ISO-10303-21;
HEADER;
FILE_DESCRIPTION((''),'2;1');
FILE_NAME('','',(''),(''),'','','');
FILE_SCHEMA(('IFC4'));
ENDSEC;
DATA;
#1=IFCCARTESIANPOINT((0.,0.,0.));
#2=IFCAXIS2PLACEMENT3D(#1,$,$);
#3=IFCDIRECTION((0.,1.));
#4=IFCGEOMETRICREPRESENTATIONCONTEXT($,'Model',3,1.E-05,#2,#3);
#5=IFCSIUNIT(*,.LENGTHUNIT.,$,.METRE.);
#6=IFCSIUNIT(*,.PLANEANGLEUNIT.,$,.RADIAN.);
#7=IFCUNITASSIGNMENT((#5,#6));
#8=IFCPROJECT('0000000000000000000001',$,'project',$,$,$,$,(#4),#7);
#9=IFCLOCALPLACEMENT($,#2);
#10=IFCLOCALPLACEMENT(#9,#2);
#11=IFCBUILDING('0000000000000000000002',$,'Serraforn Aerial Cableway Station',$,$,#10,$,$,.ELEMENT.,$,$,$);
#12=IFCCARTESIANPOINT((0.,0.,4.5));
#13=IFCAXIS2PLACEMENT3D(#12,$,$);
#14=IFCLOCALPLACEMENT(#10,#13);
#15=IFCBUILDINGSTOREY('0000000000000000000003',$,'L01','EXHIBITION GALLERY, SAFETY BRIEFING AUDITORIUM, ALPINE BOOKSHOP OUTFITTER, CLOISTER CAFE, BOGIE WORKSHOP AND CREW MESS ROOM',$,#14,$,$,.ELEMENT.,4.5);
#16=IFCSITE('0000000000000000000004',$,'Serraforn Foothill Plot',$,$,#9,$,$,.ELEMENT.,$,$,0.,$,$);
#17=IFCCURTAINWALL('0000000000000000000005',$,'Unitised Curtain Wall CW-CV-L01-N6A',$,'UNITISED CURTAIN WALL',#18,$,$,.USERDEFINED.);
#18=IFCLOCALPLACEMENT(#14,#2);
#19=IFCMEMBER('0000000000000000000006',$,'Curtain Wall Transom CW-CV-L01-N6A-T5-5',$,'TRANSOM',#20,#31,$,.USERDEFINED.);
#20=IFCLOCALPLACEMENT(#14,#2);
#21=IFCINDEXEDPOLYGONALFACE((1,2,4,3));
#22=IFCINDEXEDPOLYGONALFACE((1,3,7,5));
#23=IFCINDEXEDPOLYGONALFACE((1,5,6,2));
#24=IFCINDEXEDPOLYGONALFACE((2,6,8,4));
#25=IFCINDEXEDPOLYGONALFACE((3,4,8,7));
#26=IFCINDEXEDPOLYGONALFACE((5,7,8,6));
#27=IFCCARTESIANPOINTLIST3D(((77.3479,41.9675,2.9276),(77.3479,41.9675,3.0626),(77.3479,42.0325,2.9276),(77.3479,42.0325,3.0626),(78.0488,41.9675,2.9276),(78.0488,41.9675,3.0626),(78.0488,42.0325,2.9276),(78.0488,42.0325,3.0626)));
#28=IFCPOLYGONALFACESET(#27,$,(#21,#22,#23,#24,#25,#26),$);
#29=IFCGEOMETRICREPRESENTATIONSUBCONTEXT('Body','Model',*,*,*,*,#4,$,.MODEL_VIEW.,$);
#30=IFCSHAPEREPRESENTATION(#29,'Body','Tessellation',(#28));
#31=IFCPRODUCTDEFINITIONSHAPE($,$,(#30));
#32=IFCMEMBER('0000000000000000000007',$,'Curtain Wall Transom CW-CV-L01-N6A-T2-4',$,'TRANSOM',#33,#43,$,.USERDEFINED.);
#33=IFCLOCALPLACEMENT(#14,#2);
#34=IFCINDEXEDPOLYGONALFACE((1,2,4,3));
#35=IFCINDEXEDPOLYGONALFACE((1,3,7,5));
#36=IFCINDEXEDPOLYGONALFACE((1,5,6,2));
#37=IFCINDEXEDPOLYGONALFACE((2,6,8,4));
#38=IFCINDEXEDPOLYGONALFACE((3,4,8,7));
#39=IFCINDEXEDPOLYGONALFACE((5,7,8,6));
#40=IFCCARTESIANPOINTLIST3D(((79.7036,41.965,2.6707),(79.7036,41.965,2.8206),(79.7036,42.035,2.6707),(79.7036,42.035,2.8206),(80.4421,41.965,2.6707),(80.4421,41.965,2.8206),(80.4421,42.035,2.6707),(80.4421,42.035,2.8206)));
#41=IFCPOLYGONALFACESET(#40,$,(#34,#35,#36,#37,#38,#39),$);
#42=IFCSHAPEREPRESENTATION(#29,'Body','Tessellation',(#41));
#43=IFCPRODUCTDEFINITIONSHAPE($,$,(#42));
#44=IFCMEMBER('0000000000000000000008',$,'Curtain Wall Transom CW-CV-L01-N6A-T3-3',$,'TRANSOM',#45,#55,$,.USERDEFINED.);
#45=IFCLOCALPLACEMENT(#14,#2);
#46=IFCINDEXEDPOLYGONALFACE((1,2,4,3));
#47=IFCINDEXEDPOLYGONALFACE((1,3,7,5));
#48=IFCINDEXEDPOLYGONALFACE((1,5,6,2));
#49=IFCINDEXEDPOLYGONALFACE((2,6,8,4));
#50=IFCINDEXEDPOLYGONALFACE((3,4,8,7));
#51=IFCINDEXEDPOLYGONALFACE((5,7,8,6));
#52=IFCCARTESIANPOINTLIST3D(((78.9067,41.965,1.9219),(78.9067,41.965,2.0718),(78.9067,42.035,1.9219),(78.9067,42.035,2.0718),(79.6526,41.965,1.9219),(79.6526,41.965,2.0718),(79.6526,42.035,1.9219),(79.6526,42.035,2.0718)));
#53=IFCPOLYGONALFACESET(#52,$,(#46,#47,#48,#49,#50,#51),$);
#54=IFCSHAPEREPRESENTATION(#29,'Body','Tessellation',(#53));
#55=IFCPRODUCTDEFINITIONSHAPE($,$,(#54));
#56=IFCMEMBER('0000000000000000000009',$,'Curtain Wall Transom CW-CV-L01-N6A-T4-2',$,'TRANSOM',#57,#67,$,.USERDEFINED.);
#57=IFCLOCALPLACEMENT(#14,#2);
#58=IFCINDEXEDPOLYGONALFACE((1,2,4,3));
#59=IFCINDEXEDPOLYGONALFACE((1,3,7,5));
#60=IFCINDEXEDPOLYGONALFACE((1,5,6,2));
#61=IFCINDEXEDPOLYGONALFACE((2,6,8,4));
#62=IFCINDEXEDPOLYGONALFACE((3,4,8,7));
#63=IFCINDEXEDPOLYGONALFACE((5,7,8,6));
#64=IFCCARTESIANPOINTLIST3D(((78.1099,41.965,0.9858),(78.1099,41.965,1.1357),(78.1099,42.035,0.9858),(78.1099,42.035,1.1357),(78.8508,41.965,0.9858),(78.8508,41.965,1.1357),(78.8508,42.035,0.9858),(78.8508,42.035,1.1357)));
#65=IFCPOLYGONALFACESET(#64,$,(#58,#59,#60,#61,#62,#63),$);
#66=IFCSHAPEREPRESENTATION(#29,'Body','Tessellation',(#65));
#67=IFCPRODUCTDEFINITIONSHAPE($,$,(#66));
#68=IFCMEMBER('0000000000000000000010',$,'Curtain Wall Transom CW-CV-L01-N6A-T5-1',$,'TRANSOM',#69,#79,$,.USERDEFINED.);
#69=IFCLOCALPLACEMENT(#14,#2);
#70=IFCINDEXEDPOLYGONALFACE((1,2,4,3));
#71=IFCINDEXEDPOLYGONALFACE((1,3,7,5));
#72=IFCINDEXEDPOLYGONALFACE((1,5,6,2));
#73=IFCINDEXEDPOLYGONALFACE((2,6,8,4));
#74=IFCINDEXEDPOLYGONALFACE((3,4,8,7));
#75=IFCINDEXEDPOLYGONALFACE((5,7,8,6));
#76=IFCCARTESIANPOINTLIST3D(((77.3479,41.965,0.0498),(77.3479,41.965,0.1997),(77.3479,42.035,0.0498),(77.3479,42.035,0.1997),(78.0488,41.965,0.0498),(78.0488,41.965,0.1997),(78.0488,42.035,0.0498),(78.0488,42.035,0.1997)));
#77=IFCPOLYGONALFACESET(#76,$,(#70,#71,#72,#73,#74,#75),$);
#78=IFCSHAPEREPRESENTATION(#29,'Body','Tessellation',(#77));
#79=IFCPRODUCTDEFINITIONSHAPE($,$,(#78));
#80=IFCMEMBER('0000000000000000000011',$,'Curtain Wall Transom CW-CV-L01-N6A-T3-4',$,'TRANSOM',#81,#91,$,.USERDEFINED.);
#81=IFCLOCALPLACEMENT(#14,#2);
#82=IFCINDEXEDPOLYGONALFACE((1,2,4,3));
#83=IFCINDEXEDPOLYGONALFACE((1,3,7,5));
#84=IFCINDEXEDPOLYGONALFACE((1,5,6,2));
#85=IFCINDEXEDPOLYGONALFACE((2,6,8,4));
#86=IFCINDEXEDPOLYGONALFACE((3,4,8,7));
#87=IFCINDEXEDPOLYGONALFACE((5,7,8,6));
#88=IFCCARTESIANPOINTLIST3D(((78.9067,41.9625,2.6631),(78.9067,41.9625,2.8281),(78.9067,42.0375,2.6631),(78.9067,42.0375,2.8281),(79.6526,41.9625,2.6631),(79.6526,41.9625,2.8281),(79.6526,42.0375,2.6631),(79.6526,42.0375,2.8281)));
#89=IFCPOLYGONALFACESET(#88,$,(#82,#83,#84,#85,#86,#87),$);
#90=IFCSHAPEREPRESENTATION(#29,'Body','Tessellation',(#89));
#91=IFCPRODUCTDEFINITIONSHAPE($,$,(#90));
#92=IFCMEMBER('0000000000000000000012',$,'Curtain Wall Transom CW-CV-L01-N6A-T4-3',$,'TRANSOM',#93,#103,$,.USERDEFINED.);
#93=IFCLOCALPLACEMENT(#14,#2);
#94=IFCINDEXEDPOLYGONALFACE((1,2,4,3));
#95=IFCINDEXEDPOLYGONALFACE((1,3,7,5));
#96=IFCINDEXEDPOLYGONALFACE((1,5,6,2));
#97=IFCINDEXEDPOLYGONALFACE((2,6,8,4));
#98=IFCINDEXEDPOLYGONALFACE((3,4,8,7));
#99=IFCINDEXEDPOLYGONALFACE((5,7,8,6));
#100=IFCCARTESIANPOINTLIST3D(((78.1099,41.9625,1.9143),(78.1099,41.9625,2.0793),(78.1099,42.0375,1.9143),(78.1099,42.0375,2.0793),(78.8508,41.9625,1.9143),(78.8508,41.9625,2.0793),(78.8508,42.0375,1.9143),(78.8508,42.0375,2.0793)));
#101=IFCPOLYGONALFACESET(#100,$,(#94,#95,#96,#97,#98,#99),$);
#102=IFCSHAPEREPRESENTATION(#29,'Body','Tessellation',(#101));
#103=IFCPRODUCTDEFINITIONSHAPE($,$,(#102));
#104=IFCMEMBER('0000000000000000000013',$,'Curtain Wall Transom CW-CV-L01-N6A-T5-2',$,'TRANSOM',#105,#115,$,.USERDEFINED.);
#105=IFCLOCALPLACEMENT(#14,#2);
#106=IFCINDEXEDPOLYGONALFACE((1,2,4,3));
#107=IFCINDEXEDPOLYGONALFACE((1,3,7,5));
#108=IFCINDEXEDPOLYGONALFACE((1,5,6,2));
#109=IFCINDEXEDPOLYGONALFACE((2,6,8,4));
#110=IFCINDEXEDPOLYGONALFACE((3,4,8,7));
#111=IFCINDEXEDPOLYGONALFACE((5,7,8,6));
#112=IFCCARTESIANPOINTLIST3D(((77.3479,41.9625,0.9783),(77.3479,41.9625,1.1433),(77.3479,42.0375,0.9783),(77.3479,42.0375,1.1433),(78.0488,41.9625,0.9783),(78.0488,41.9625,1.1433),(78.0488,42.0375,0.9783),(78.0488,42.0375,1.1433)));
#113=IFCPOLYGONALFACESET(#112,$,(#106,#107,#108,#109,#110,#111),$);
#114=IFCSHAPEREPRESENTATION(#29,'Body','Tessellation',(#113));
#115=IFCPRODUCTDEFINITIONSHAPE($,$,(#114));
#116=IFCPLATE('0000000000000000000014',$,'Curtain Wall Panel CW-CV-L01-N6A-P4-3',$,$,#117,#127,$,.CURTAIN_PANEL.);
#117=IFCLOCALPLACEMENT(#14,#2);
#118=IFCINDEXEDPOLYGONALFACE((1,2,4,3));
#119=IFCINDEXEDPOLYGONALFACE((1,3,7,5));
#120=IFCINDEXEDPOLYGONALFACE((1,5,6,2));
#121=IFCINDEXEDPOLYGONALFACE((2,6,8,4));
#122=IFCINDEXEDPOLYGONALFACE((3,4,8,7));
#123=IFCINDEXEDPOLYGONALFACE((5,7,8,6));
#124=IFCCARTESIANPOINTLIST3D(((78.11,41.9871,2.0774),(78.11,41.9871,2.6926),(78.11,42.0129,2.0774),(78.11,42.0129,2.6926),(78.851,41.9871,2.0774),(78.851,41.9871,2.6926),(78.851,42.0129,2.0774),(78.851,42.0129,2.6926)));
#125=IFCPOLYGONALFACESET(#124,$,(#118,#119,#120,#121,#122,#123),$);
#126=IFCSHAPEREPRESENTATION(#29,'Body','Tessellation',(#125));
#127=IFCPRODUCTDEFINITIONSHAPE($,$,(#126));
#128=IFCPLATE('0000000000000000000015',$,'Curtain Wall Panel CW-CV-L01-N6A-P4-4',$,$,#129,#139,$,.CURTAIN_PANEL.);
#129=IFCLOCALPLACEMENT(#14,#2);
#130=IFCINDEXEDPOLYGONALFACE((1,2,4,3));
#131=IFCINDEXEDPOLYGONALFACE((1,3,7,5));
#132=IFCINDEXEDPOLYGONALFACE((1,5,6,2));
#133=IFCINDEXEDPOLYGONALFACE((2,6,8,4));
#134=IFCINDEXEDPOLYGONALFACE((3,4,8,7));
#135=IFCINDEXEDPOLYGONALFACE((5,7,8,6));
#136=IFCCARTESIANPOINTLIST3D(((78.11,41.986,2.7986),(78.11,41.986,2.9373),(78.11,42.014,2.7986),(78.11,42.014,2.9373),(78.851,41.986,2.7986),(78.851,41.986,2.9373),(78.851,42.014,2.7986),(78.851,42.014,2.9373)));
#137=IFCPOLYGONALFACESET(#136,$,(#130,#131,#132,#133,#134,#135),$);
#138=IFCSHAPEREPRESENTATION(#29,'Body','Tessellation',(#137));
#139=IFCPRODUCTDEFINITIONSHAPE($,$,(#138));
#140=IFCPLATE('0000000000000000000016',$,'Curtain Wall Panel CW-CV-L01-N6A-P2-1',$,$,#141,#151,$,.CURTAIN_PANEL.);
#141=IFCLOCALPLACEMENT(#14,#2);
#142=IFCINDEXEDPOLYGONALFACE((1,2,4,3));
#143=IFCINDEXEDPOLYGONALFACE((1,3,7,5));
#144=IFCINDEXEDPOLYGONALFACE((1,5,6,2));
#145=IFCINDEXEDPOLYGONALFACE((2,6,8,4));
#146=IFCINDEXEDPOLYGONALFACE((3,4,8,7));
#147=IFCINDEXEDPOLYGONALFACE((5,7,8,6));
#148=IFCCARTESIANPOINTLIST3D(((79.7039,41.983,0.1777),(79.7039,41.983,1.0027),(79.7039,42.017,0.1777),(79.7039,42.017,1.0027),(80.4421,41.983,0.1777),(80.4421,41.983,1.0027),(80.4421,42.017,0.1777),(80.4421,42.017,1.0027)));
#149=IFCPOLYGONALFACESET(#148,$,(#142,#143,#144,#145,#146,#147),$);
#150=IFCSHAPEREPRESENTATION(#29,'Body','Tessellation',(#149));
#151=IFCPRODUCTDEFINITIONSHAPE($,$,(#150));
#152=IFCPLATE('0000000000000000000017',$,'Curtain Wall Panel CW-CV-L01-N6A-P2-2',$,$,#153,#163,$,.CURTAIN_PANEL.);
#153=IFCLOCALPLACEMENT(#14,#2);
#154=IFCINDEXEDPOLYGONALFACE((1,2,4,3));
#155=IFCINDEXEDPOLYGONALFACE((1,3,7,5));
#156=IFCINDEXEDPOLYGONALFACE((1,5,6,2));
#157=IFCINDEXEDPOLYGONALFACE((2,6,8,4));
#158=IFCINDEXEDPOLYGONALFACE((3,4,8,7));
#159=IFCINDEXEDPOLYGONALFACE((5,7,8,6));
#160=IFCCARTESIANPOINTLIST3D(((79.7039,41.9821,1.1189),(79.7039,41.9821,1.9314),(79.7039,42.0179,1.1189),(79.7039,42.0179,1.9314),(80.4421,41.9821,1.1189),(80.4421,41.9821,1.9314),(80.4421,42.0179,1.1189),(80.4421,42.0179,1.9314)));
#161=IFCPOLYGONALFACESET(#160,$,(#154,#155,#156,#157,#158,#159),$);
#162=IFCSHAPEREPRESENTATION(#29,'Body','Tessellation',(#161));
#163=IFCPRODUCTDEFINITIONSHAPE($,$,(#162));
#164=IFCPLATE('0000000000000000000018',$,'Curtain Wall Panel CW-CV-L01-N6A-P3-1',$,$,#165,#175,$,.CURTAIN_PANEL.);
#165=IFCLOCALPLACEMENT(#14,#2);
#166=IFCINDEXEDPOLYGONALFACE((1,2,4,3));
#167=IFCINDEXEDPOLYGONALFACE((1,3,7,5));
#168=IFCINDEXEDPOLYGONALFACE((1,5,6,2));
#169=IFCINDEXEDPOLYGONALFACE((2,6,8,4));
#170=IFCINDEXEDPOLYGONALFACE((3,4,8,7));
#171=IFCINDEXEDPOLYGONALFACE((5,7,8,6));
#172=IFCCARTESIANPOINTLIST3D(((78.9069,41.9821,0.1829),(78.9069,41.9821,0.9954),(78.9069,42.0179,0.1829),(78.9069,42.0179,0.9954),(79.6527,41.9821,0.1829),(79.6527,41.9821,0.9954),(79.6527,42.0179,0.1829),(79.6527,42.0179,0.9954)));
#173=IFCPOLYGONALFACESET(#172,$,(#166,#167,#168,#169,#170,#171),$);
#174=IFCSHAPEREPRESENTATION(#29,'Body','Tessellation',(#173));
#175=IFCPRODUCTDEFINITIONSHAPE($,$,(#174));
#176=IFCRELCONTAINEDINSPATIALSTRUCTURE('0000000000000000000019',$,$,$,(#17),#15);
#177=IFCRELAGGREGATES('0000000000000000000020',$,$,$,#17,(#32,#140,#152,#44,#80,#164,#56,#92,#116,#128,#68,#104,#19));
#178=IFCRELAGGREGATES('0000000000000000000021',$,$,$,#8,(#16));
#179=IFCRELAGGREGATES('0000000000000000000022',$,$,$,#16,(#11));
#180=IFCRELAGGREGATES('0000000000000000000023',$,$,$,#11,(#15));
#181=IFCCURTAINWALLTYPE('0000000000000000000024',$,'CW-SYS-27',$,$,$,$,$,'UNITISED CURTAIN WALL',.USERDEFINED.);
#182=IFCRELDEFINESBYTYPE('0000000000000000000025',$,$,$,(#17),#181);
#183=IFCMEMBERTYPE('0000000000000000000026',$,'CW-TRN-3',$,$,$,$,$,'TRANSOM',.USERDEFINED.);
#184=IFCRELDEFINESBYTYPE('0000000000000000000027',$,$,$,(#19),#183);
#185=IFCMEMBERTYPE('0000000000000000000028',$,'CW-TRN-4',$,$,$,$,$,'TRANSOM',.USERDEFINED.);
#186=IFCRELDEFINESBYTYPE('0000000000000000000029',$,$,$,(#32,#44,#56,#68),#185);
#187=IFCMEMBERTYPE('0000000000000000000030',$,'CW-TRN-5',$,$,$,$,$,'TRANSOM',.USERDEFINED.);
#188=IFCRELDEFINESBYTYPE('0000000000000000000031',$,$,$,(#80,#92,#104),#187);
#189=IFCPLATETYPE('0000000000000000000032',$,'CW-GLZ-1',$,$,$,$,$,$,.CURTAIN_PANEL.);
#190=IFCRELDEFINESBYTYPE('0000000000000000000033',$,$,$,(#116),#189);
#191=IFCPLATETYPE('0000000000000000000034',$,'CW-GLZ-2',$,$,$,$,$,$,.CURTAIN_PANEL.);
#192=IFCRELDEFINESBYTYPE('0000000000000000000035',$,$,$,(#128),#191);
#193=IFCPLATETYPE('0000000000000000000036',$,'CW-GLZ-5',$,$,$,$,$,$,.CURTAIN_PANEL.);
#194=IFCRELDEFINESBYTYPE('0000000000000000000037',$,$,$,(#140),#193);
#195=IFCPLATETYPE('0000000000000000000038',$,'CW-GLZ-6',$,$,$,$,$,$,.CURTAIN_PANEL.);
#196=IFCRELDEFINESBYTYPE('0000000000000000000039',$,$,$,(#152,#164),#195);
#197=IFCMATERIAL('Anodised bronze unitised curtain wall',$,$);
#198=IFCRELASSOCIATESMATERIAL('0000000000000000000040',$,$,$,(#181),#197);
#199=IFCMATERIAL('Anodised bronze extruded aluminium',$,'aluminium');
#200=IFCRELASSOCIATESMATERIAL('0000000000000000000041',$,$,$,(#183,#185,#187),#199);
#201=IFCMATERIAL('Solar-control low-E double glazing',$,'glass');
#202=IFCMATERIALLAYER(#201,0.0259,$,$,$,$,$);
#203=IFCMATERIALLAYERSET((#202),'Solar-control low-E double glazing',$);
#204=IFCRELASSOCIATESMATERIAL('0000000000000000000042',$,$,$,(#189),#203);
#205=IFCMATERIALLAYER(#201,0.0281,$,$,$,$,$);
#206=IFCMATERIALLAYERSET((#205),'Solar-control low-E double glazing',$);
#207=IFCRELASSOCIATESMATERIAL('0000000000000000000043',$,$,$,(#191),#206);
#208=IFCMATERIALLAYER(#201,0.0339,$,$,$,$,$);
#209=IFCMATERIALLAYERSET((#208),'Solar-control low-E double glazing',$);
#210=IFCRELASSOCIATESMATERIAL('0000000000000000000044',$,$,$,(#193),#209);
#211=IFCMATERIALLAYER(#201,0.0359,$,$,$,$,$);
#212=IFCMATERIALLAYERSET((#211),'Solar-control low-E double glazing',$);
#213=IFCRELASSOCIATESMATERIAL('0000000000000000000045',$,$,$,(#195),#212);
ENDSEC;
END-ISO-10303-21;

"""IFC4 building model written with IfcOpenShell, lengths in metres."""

from ifc_helpers import new_model, si_unit, direction, frame, origin, origin_2d, place, context, subcontext, project, spatial, rectangle, extrude, material, layer, layer_set, material_profile, profile_set, type_object, element, aggregate, save


model = new_model("IFC4")

# Units and contexts
model_context = context("Model", 3, precision=1e-05, world=origin(), true_north=direction((0.0, 1.0)))
body_context = subcontext(model_context, "Body", "Model", "MODEL_VIEW")
ifc_project = project(units=[si_unit("LENGTHUNIT", "METRE"), si_unit("PLANEANGLEUNIT", "RADIAN")], contexts=[model_context])

# Site, building, storey
site_placement = place(None, origin())
site = spatial("IfcSite", under=ifc_project, at=site_placement, Name="Serraforn Foothill Plot", CompositionType="ELEMENT", RefElevation=0.0)
building_placement = place(site_placement, origin())
building = spatial("IfcBuilding", under=site, at=building_placement, Name="Serraforn Aerial Cableway Station", CompositionType="ELEMENT")
storey_placement = place(building_placement, frame((0.0, 0.0, 4.5)))
storey = spatial("IfcBuildingStorey", under=building, at=storey_placement, Name="L01", Description="EXHIBITION GALLERY, SAFETY BRIEFING AUDITORIUM, ALPINE BOOKSHOP OUTFITTER, CLOISTER CAFE, BOGIE WORKSHOP AND CREW MESS ROOM", CompositionType="ELEMENT", Elevation=4.5)

# Curtain wall, members, plates
ifc_material_1 = material(Name="Anodised bronze unitised curtain wall")
curtain_wall_type = type_object("IfcCurtainWallType", Name="CW-SYS-27", ElementType="UNITISED CURTAIN WALL", PredefinedType="USERDEFINED", material=ifc_material_1)
curtain_wall_placement = place(storey_placement, origin())
curtain_wall = element("IfcCurtainWall", 1, at=curtain_wall_placement, inside=storey, type_object=curtain_wall_type, Name="Unitised Curtain Wall CW-CV-L01-N6A", ObjectType="UNITISED CURTAIN WALL", PredefinedType="USERDEFINED")
ifc_material_2 = material(Name="Anodised bronze extruded aluminium", Category="aluminium")
ifc_material_profile_1 = material_profile(ifc_material_2, rectangle(XDim=0.0649, YDim=0.135, at=origin_2d()), Name="CW TRANSOM 65x135")
ifc_profile_set_1 = profile_set([ifc_material_profile_1], Name="Anodised bronze extruded aluminium")
member_type_1 = type_object("IfcMemberType", Name="CW-TRN-3", ElementType="TRANSOM", PredefinedType="USERDEFINED", material=ifc_profile_set_1)
member_1_placement = place(storey_placement, frame((78.0488, 42.0, 2.9951), z_axis=(-1.0, 0.0, 0.0), x_axis=(0.0, -1.0, 0.0)))
member_1 = element("IfcMember", 2, at=member_1_placement, type_object=member_type_1, Name="Curtain Wall Transom CW-CV-L01-N6A-T5-5", ObjectType="TRANSOM", PredefinedType="USERDEFINED", context=body_context, shape_type="SweptSolid", body=[
    extrude(rectangle(XDim=0.0649, YDim=0.135, at=origin_2d()), origin(), (0.0, 0.0, 1.0), 0.7009),
])
ifc_material_profile_2 = material_profile(ifc_material_2, rectangle(XDim=0.0701, YDim=0.1499, at=origin_2d()), Name="CW TRANSOM 70x150")
ifc_profile_set_2 = profile_set([ifc_material_profile_2], Name="Anodised bronze extruded aluminium")
member_type_2 = type_object("IfcMemberType", Name="CW-TRN-4", ElementType="TRANSOM", PredefinedType="USERDEFINED", material=ifc_profile_set_2)
member_2_placement = place(storey_placement, frame((80.4421, 42.0, 2.7456), z_axis=(-1.0, 0.0, 0.0), x_axis=(0.0, -1.0, 0.0)))
member_2 = element("IfcMember", 3, at=member_2_placement, type_object=member_type_2, Name="Curtain Wall Transom CW-CV-L01-N6A-T2-4", ObjectType="TRANSOM", PredefinedType="USERDEFINED", context=body_context, shape_type="SweptSolid", body=[
    extrude(rectangle(XDim=0.0701, YDim=0.1499, at=origin_2d()), origin(), (0.0, 0.0, 1.0), 0.7385),
])
member_3_placement = place(storey_placement, frame((79.6526, 42.0, 1.9968), z_axis=(-1.0, 0.0, 0.0), x_axis=(0.0, -1.0, 0.0)))
member_3 = element("IfcMember", 4, at=member_3_placement, type_object=member_type_2, Name="Curtain Wall Transom CW-CV-L01-N6A-T3-3", ObjectType="TRANSOM", PredefinedType="USERDEFINED", context=body_context, shape_type="SweptSolid", body=[
    extrude(rectangle(XDim=0.0701, YDim=0.1499, at=origin_2d()), origin(), (0.0, 0.0, 1.0), 0.7458),
])
member_4_placement = place(storey_placement, frame((78.8508, 42.0, 1.0608), z_axis=(-1.0, 0.0, 0.0), x_axis=(0.0, -1.0, 0.0)))
member_4 = element("IfcMember", 5, at=member_4_placement, type_object=member_type_2, Name="Curtain Wall Transom CW-CV-L01-N6A-T4-2", ObjectType="TRANSOM", PredefinedType="USERDEFINED", context=body_context, shape_type="SweptSolid", body=[
    extrude(rectangle(XDim=0.0701, YDim=0.1499, at=origin_2d()), origin(), (0.0, 0.0, 1.0), 0.741),
])
member_5_placement = place(storey_placement, frame((78.0488, 42.0, 0.1248), z_axis=(-1.0, 0.0, 0.0), x_axis=(0.0, -1.0, 0.0)))
member_5 = element("IfcMember", 6, at=member_5_placement, type_object=member_type_2, Name="Curtain Wall Transom CW-CV-L01-N6A-T5-1", ObjectType="TRANSOM", PredefinedType="USERDEFINED", context=body_context, shape_type="SweptSolid", body=[
    extrude(rectangle(XDim=0.0701, YDim=0.1499, at=origin_2d()), origin(), (0.0, 0.0, 1.0), 0.7009),
])
ifc_material_profile_3 = material_profile(ifc_material_2, rectangle(XDim=0.075, YDim=0.165, at=origin_2d()), Name="CW TRANSOM 75x165")
ifc_profile_set_3 = profile_set([ifc_material_profile_3], Name="Anodised bronze extruded aluminium")
member_type_3 = type_object("IfcMemberType", Name="CW-TRN-5", ElementType="TRANSOM", PredefinedType="USERDEFINED", material=ifc_profile_set_3)
member_6_placement = place(storey_placement, frame((79.6526, 42.0, 2.7456), z_axis=(-1.0, 0.0, 0.0), x_axis=(0.0, -1.0, 0.0)))
member_6 = element("IfcMember", 7, at=member_6_placement, type_object=member_type_3, Name="Curtain Wall Transom CW-CV-L01-N6A-T3-4", ObjectType="TRANSOM", PredefinedType="USERDEFINED", context=body_context, shape_type="SweptSolid", body=[
    extrude(rectangle(XDim=0.075, YDim=0.165, at=origin_2d()), origin(), (0.0, 0.0, 1.0), 0.7458),
])
member_7_placement = place(storey_placement, frame((78.8508, 42.0, 1.9968), z_axis=(-1.0, 0.0, 0.0), x_axis=(0.0, -1.0, 0.0)))
member_7 = element("IfcMember", 8, at=member_7_placement, type_object=member_type_3, Name="Curtain Wall Transom CW-CV-L01-N6A-T4-3", ObjectType="TRANSOM", PredefinedType="USERDEFINED", context=body_context, shape_type="SweptSolid", body=[
    extrude(rectangle(XDim=0.075, YDim=0.165, at=origin_2d()), origin(), (0.0, 0.0, 1.0), 0.741),
])
member_8_placement = place(storey_placement, frame((78.0488, 42.0, 1.0608), z_axis=(-1.0, 0.0, 0.0), x_axis=(0.0, -1.0, 0.0)))
member_8 = element("IfcMember", 9, at=member_8_placement, type_object=member_type_3, Name="Curtain Wall Transom CW-CV-L01-N6A-T5-2", ObjectType="TRANSOM", PredefinedType="USERDEFINED", context=body_context, shape_type="SweptSolid", body=[
    extrude(rectangle(XDim=0.075, YDim=0.165, at=origin_2d()), origin(), (0.0, 0.0, 1.0), 0.7009),
])
ifc_material_3 = material(Name="Solar-control low-E double glazing", Category="glass")
ifc_layer_1 = layer(ifc_material_3, 0.0259)
ifc_layer_set_1 = layer_set([ifc_layer_1], Name="Solar-control low-E double glazing")
plate_type_1 = type_object("IfcPlateType", Name="CW-GLZ-1", PredefinedType="CURTAIN_PANEL", material=ifc_layer_set_1)
plate_1_placement = place(storey_placement, frame((78.4805, 42.0, 2.0774), z_axis=(0.0, 0.0, 1.0), x_axis=(1.0, 0.0, 0.0)))
plate_1 = element("IfcPlate", 10, at=plate_1_placement, type_object=plate_type_1, Name="Curtain Wall Panel CW-CV-L01-N6A-P4-3", PredefinedType="CURTAIN_PANEL", context=body_context, shape_type="SweptSolid", body=[
    extrude(rectangle(XDim=0.741, YDim=0.0259, at=origin_2d()), origin(), (0.0, 0.0, 1.0), 0.6152),
])
ifc_layer_2 = layer(ifc_material_3, 0.0281)
ifc_layer_set_2 = layer_set([ifc_layer_2], Name="Solar-control low-E double glazing")
plate_type_2 = type_object("IfcPlateType", Name="CW-GLZ-2", PredefinedType="CURTAIN_PANEL", material=ifc_layer_set_2)
plate_2_placement = place(storey_placement, frame((78.4805, 42.0, 2.7986), z_axis=(0.0, 0.0, 1.0), x_axis=(1.0, 0.0, 0.0)))
plate_2 = element("IfcPlate", 11, at=plate_2_placement, type_object=plate_type_2, Name="Curtain Wall Panel CW-CV-L01-N6A-P4-4", PredefinedType="CURTAIN_PANEL", context=body_context, shape_type="SweptSolid", body=[
    extrude(rectangle(XDim=0.741, YDim=0.0281, at=origin_2d()), origin(), (0.0, 0.0, 1.0), 0.1387),
])
ifc_layer_3 = layer(ifc_material_3, 0.0339)
ifc_layer_set_3 = layer_set([ifc_layer_3], Name="Solar-control low-E double glazing")
plate_type_3 = type_object("IfcPlateType", Name="CW-GLZ-5", PredefinedType="CURTAIN_PANEL", material=ifc_layer_set_3)
plate_3_placement = place(storey_placement, frame((80.073, 42.0, 0.1777), z_axis=(0.0, 0.0, 1.0), x_axis=(1.0, 0.0, 0.0)))
plate_3 = element("IfcPlate", 12, at=plate_3_placement, type_object=plate_type_3, Name="Curtain Wall Panel CW-CV-L01-N6A-P2-1", PredefinedType="CURTAIN_PANEL", context=body_context, shape_type="SweptSolid", body=[
    extrude(rectangle(XDim=0.7383, YDim=0.0339, at=origin_2d()), origin(), (0.0, 0.0, 1.0), 0.825),
])
ifc_layer_4 = layer(ifc_material_3, 0.0359)
ifc_layer_set_4 = layer_set([ifc_layer_4], Name="Solar-control low-E double glazing")
plate_type_4 = type_object("IfcPlateType", Name="CW-GLZ-6", PredefinedType="CURTAIN_PANEL", material=ifc_layer_set_4)
plate_4_placement = place(storey_placement, frame((80.073, 42.0, 1.1189), z_axis=(0.0, 0.0, 1.0), x_axis=(1.0, 0.0, 0.0)))
plate_4 = element("IfcPlate", 13, at=plate_4_placement, type_object=plate_type_4, Name="Curtain Wall Panel CW-CV-L01-N6A-P2-2", PredefinedType="CURTAIN_PANEL", context=body_context, shape_type="SweptSolid", body=[
    extrude(rectangle(XDim=0.7383, YDim=0.0359, at=origin_2d()), origin(), (0.0, 0.0, 1.0), 0.8125),
])
plate_5_placement = place(storey_placement, frame((79.2798, 42.0, 0.1829), z_axis=(0.0, 0.0, 1.0), x_axis=(1.0, 0.0, 0.0)))
plate_5 = element("IfcPlate", 14, at=plate_5_placement, type_object=plate_type_4, Name="Curtain Wall Panel CW-CV-L01-N6A-P3-1", PredefinedType="CURTAIN_PANEL", context=body_context, shape_type="SweptSolid", body=[
    extrude(rectangle(XDim=0.7458, YDim=0.0359, at=origin_2d()), origin(), (0.0, 0.0, 1.0), 0.8125),
])
aggregate(curtain_wall, [member_2, plate_3, plate_4, member_3, member_6, plate_5, member_4, member_7, plate_1, plate_2, member_5, member_8, member_1])

save(model, "model.ifc")
